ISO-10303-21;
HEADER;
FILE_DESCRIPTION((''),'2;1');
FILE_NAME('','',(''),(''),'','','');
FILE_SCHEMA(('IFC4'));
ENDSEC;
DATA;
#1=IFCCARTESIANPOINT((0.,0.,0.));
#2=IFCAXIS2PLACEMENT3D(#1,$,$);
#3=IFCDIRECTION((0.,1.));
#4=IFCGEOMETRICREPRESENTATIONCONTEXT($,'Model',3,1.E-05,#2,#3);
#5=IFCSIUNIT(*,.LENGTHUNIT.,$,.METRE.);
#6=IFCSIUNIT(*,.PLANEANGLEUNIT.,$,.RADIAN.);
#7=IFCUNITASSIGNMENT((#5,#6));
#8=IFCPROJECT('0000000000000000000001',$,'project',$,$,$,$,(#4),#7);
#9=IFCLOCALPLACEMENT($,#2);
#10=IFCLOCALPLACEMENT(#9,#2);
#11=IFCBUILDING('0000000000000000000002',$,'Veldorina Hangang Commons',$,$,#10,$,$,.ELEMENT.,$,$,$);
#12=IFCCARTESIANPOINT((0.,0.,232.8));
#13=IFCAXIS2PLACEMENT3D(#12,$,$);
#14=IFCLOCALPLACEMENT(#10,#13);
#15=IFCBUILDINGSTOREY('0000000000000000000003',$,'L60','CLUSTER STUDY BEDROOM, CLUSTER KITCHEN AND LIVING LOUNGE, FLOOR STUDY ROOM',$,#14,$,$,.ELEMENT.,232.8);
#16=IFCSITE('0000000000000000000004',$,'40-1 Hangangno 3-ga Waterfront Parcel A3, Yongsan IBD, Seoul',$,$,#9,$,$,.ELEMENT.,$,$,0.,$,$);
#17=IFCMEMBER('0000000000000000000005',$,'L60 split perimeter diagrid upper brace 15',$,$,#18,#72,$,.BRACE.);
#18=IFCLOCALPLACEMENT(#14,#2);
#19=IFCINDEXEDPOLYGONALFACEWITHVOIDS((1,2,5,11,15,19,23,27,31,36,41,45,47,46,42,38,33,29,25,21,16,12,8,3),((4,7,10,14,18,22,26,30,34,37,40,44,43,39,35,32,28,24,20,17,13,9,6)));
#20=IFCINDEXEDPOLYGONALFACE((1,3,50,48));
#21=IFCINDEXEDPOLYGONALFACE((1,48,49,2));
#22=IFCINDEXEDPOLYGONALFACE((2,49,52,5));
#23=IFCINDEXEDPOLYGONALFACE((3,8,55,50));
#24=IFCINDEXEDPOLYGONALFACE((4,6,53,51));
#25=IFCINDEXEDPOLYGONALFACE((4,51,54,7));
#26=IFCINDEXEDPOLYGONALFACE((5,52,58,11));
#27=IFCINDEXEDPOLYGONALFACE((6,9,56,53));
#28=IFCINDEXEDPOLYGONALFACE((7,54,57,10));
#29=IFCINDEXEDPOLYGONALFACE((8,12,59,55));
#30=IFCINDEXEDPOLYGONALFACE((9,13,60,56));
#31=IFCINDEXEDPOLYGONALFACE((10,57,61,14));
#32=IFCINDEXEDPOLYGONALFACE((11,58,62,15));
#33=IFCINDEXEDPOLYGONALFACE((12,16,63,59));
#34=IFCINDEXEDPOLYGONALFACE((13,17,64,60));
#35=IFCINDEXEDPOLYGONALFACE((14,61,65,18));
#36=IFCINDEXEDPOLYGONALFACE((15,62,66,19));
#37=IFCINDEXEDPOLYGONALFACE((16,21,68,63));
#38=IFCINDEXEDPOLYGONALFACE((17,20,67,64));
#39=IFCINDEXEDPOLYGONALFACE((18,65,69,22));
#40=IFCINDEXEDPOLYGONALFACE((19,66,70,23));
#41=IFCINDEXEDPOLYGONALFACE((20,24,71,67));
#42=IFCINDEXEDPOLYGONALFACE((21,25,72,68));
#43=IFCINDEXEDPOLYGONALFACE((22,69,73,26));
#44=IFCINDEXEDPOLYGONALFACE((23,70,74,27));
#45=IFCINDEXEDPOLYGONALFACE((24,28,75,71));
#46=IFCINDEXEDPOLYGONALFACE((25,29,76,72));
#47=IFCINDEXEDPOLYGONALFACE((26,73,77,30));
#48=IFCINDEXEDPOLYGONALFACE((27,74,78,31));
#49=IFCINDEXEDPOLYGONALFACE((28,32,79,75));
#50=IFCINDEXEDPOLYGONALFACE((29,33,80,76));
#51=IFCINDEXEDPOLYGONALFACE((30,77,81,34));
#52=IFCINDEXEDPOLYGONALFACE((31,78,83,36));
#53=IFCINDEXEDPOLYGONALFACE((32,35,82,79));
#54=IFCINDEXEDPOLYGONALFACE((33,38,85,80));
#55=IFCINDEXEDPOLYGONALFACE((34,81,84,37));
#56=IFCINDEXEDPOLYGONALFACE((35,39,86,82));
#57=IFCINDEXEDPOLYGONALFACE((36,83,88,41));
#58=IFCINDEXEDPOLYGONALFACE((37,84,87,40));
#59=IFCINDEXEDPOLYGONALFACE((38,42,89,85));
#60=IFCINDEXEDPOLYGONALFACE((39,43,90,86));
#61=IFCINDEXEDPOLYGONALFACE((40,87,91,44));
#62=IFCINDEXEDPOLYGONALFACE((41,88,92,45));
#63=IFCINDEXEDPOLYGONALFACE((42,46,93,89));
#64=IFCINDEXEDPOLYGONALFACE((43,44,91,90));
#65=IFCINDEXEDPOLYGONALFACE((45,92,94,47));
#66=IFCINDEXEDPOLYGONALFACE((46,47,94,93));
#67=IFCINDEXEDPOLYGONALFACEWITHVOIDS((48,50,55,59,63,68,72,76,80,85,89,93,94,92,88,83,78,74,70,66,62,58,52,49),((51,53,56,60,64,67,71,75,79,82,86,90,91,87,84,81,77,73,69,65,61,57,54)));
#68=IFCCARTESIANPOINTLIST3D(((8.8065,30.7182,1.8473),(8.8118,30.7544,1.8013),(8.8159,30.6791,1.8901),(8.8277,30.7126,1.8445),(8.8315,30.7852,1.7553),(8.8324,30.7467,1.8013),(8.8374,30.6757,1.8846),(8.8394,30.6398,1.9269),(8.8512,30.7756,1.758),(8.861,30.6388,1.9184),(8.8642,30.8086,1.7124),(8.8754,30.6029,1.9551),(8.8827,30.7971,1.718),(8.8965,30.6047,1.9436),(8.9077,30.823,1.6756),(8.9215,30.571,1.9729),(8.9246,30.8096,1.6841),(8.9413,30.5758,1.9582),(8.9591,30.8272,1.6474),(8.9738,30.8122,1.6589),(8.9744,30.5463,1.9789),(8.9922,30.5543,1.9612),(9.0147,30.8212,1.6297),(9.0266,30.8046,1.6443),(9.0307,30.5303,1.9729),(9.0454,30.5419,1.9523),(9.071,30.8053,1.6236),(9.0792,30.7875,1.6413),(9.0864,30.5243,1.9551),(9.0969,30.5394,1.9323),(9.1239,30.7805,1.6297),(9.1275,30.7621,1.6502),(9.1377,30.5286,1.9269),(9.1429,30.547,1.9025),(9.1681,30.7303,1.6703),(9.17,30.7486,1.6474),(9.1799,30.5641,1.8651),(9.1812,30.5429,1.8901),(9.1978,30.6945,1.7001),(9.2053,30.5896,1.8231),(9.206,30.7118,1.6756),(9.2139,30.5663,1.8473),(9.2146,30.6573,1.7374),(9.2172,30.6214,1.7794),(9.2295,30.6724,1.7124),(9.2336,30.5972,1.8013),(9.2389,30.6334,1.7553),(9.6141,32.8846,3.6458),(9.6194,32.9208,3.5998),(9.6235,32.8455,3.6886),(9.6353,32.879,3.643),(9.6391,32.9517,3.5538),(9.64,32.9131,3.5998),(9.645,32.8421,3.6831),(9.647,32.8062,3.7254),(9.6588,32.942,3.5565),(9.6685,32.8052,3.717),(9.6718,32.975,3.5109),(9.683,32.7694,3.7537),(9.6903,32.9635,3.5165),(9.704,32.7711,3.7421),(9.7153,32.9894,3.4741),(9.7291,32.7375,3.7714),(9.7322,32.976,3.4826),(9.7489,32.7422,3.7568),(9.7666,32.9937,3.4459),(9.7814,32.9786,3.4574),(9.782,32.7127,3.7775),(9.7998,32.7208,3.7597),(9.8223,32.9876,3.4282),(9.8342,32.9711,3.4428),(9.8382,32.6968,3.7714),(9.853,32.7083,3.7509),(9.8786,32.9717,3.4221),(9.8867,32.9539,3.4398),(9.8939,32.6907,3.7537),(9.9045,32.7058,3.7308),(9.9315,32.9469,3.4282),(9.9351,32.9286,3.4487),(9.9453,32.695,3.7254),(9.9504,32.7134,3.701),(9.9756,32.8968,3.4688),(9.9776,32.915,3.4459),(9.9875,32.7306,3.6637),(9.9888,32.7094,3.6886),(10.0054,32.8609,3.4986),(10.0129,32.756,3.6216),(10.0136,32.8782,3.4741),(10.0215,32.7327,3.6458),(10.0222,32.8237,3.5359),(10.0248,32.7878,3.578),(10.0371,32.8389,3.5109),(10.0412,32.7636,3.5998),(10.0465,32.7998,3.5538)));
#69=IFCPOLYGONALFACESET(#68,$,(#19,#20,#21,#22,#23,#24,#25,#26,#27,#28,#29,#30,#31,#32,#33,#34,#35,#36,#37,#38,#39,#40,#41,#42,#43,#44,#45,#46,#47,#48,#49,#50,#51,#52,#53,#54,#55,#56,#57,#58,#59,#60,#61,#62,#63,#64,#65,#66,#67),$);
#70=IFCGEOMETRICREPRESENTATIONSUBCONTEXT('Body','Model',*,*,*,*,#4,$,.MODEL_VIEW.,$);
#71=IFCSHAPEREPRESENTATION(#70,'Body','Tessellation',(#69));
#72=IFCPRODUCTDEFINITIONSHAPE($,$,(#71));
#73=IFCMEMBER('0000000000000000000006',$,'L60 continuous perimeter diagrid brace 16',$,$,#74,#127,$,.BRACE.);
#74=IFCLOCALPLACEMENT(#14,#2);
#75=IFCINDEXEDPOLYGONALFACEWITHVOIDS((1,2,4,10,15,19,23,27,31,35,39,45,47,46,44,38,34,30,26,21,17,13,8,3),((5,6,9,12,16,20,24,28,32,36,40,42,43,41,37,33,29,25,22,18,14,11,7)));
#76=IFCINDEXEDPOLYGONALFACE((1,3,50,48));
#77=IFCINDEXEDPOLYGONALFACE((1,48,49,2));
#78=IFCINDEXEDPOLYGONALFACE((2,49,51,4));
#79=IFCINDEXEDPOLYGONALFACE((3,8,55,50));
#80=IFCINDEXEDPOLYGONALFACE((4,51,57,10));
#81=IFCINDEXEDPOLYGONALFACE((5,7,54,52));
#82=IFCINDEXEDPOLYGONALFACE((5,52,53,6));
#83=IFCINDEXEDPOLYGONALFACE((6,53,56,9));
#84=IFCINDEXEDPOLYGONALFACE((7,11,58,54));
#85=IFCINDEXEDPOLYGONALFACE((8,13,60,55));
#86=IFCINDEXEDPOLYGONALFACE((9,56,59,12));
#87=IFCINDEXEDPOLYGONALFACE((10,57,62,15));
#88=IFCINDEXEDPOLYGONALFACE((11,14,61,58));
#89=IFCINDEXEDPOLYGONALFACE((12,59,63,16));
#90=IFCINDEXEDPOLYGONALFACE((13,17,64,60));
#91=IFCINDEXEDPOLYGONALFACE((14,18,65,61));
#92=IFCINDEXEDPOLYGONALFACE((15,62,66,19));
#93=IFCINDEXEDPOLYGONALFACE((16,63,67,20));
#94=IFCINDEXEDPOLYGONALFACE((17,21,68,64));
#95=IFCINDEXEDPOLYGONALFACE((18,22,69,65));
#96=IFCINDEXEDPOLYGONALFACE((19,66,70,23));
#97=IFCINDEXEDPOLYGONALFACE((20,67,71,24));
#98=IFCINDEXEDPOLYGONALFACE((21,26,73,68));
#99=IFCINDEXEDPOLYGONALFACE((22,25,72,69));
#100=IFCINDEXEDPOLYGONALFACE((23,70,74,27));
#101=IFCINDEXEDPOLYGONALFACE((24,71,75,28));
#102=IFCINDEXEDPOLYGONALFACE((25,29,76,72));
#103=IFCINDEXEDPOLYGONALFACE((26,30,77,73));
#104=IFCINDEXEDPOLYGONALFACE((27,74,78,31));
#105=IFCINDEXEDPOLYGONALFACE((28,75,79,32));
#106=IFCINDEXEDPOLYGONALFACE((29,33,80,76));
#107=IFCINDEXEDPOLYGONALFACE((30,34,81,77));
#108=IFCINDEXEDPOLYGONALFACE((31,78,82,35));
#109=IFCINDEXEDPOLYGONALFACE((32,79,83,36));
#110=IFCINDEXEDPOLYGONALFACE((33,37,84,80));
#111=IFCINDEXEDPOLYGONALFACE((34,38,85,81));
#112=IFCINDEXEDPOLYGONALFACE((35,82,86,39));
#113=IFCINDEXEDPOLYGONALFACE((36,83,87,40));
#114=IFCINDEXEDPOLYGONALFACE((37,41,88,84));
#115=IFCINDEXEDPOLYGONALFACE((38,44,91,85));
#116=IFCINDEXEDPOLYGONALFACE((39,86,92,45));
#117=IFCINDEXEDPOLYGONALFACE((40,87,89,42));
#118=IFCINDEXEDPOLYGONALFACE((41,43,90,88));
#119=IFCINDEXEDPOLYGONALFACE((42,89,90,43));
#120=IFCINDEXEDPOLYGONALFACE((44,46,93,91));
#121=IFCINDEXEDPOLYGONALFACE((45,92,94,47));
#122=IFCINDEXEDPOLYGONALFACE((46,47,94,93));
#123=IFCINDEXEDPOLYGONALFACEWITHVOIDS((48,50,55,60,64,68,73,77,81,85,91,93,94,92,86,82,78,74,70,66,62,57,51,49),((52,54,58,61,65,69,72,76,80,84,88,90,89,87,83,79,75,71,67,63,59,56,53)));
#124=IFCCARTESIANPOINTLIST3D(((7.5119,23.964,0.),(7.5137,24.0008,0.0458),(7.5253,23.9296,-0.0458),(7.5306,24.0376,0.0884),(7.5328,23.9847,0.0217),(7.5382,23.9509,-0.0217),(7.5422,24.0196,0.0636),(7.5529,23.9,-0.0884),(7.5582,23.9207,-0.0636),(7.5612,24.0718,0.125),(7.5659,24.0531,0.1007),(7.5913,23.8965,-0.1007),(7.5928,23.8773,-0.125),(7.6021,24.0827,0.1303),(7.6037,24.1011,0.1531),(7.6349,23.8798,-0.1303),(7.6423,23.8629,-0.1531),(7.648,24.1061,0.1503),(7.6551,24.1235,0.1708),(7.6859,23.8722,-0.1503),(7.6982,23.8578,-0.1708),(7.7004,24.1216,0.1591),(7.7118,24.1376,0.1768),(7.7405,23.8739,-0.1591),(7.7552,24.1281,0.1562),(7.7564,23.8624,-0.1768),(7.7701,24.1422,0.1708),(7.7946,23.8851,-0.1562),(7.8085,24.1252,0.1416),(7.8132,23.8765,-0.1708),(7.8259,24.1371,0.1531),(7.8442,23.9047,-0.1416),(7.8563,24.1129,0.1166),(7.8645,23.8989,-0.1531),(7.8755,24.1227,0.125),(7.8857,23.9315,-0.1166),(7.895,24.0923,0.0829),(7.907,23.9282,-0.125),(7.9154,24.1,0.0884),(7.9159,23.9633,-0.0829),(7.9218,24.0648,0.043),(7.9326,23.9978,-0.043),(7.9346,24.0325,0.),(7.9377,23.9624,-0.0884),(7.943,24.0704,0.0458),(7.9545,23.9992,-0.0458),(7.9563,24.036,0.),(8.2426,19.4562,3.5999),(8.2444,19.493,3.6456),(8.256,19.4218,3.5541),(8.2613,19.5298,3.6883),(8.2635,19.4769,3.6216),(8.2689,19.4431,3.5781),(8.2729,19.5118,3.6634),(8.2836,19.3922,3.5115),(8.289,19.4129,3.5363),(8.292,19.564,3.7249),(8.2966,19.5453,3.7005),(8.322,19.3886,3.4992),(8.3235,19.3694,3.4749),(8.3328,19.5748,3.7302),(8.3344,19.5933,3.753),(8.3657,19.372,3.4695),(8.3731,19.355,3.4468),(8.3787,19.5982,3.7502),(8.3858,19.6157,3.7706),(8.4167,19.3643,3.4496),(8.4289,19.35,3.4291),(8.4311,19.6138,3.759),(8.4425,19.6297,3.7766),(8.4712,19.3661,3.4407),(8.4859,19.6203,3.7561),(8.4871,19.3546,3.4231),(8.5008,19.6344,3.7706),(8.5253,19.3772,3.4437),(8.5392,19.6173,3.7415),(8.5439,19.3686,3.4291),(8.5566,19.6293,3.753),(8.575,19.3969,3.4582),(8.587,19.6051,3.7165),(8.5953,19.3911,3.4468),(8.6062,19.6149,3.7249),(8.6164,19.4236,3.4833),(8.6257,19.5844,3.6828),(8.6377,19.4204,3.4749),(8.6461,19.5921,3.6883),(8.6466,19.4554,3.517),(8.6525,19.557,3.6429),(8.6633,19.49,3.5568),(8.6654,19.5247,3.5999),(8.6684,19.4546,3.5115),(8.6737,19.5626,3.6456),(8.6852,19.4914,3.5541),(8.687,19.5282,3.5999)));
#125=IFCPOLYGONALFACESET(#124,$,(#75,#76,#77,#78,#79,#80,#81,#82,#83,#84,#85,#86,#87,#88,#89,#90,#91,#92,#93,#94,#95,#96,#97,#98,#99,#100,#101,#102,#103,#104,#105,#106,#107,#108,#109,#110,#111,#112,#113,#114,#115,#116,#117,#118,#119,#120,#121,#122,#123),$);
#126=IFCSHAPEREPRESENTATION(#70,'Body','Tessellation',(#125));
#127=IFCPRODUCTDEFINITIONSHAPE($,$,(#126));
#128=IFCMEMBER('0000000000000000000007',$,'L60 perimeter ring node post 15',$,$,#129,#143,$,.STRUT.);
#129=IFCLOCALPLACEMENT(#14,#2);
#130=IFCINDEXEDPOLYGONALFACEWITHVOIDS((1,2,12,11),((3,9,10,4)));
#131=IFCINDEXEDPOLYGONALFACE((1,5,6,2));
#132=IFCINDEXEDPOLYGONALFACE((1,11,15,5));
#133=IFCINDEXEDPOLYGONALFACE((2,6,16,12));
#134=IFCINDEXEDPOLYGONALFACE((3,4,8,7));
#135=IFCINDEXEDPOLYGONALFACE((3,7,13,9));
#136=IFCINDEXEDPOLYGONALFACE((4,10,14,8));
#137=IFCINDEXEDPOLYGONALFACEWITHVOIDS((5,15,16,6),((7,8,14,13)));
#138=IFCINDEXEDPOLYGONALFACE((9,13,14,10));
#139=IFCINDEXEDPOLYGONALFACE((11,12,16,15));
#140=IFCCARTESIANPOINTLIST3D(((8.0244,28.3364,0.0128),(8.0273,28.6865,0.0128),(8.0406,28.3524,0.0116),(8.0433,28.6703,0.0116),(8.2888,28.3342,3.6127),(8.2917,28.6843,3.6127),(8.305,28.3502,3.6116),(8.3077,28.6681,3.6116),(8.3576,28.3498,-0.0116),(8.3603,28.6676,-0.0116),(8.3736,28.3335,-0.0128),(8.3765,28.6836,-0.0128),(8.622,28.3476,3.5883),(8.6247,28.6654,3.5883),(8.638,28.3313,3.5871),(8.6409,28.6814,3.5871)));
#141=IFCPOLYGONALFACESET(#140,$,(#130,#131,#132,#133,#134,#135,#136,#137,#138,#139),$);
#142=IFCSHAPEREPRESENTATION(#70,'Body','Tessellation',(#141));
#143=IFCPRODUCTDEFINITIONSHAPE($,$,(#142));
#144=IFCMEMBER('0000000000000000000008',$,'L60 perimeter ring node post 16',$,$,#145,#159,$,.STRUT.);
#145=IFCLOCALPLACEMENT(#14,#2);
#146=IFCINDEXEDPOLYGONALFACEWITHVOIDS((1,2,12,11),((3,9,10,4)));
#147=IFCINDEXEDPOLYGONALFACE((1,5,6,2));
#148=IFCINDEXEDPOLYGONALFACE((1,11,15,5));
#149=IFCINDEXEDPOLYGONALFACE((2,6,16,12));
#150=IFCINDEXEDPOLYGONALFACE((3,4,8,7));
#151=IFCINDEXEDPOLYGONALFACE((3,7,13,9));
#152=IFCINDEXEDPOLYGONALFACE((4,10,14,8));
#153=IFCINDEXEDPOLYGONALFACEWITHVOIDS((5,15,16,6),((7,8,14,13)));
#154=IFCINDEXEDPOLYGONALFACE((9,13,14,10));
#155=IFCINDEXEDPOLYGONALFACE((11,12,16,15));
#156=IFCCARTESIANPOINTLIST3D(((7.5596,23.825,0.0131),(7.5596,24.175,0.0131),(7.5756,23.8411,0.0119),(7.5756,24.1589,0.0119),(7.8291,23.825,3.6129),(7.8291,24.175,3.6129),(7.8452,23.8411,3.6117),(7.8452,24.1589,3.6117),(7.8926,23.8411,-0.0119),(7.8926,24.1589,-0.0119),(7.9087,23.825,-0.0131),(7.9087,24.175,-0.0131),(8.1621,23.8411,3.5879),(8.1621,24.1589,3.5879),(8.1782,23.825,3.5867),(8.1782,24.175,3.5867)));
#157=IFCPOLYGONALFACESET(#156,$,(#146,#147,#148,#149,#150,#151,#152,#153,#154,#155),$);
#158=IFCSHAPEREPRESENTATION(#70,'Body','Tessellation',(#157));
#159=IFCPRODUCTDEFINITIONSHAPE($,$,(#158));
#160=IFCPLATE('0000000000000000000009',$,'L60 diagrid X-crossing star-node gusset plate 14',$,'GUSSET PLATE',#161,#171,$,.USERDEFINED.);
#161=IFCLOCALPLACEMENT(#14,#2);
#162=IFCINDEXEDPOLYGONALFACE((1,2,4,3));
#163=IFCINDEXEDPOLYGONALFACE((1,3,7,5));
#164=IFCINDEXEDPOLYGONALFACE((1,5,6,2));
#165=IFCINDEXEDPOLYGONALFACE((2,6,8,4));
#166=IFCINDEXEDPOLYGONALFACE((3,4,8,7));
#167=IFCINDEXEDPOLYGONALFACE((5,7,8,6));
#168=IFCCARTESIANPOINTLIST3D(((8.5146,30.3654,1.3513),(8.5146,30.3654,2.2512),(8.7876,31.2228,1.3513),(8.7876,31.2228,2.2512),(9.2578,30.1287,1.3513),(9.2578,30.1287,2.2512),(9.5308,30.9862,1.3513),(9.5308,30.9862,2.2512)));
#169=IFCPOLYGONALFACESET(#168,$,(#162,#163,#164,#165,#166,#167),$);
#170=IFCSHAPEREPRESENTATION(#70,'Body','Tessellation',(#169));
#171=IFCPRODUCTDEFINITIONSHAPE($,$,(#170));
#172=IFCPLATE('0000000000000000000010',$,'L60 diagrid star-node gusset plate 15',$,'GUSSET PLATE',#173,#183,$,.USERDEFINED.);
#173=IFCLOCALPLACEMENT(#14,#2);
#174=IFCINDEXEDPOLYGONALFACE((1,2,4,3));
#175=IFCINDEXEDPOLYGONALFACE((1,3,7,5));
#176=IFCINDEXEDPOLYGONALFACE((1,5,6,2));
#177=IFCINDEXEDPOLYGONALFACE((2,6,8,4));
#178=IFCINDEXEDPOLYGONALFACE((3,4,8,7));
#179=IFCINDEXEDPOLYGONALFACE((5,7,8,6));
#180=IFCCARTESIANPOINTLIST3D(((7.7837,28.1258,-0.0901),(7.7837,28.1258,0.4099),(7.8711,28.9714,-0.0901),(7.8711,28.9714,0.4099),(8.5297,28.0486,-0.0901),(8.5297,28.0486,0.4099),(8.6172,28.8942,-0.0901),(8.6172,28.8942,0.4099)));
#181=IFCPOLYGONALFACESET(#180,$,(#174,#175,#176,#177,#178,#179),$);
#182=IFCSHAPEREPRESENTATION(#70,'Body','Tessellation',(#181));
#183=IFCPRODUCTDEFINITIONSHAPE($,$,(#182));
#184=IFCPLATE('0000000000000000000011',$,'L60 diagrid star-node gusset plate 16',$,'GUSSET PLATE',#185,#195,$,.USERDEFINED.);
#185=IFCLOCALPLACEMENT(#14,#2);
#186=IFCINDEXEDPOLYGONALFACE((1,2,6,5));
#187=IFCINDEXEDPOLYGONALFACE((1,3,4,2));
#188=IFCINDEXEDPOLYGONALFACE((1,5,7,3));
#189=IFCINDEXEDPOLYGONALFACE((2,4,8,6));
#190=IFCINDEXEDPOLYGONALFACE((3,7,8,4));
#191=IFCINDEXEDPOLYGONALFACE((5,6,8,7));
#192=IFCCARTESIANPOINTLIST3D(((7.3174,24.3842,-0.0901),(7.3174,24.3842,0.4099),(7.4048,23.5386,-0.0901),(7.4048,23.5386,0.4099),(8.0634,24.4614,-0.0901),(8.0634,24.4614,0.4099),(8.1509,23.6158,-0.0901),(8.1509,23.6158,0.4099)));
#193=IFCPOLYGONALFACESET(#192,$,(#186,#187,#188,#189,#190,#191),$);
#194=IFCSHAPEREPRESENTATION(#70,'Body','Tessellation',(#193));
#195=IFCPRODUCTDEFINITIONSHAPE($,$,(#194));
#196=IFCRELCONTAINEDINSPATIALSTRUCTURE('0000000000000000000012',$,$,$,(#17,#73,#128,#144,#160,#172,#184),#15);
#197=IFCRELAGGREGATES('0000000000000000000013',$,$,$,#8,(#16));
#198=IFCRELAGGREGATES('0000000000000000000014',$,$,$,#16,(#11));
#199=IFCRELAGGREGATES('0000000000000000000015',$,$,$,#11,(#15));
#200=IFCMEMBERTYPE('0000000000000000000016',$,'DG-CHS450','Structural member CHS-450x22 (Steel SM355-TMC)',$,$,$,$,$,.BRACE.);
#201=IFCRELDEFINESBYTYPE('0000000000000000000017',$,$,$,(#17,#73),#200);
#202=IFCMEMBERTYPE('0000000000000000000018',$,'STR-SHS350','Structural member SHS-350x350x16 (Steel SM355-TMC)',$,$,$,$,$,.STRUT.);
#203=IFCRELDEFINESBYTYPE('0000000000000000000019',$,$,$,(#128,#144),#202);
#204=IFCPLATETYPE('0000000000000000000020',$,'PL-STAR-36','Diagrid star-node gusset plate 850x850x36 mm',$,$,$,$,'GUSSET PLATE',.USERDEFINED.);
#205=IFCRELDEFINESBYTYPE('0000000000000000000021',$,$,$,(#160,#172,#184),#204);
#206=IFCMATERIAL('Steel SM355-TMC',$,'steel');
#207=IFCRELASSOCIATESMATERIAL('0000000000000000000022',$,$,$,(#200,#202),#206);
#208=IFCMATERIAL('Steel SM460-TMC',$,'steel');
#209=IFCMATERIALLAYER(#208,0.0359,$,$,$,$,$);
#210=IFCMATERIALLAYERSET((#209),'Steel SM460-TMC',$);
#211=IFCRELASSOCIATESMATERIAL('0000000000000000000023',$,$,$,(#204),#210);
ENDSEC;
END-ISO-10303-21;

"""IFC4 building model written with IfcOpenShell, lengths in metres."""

from ifc_helpers import new_model, si_unit, direction, frame, origin, origin_2d, place, context, subcontext, project, spatial, rectangle, hollow_rectangle, hollow_circle, extrude, material, layer, layer_set, material_profile, profile_set, type_object, element, save


model = new_model("IFC4")

# Units and contexts
model_context = context("Model", 3, precision=1e-05, world=origin(), true_north=direction((0.0, 1.0)))
body_context = subcontext(model_context, "Body", "Model", "MODEL_VIEW")
ifc_project = project(units=[si_unit("LENGTHUNIT", "METRE"), si_unit("PLANEANGLEUNIT", "RADIAN")], contexts=[model_context])

# Site, building, storey
site_placement = place(None, origin())
site = spatial("IfcSite", under=ifc_project, at=site_placement, Name="40-1 Hangangno 3-ga Waterfront Parcel A3, Yongsan IBD, Seoul", CompositionType="ELEMENT", RefElevation=0.0)
building_placement = place(site_placement, origin())
building = spatial("IfcBuilding", under=site, at=building_placement, Name="Veldorina Hangang Commons", CompositionType="ELEMENT")
storey_placement = place(building_placement, frame((0.0, 0.0, 232.8)))
storey = spatial("IfcBuildingStorey", under=building, at=storey_placement, Name="L60", Description="CLUSTER STUDY BEDROOM, CLUSTER KITCHEN AND LIVING LOUNGE, FLOOR STUDY ROOM", CompositionType="ELEMENT", Elevation=232.8)

# Shared definitions
ifc_material_1 = material(Name="Steel SM355-TMC", Category="steel")

# Members
ifc_material_profile_1 = material_profile(ifc_material_1, hollow_circle(Radius=0.2251, WallThickness=0.022, at=origin_2d()), Name="CHS-450x22")
ifc_profile_set_1 = profile_set([ifc_material_profile_1], Name="Steel SM355-TMC")
member_type_1 = type_object("IfcMemberType", Name="DG-CHS450", Description="Structural member CHS-450x22 (Steel SM355-TMC)", PredefinedType="BRACE", material=ifc_profile_set_1)
member_1_placement = place(storey_placement, frame((9.0227, 30.6758, 1.8013), z_axis=(0.275702, 0.739594, 0.613995), x_axis=(-0.937013, 0.349294, 0.0)))
element("IfcMember", 1, at=member_1_placement, inside=storey, type_object=member_type_1, Name="L60 split perimeter diagrid upper brace 15", PredefinedType="BRACE", context=body_context, shape_type="SweptSolid", body=[
    extrude(hollow_circle(Radius=0.2251, WallThickness=0.022, at=origin_2d()), origin(), (0.0, 0.0, 1.0), 2.9292),
])
member_2_placement = place(storey_placement, frame((7.7341, 24.0, 0.0), z_axis=(0.125662, -0.775215, 0.619072), x_axis=(0.987115, 0.160011, 0.0)))
element("IfcMember", 2, at=member_2_placement, inside=storey, type_object=member_type_1, Name="L60 continuous perimeter diagrid brace 16", PredefinedType="BRACE", context=body_context, shape_type="SweptSolid", body=[
    extrude(hollow_circle(Radius=0.2251, WallThickness=0.022, at=origin_2d()), origin(), (0.0, 0.0, 1.0), 5.8149),
])
ifc_material_profile_2 = material_profile(ifc_material_1, hollow_rectangle(XDim=0.3501, YDim=0.3501, WallThickness=0.0161, at=origin_2d()), Name="SHS-350x350x16")
ifc_profile_set_2 = profile_set([ifc_material_profile_2], Name="Steel SM355-TMC")
member_type_2 = type_object("IfcMemberType", Name="STR-SHS350", Description="Structural member SHS-350x350x16 (Steel SM355-TMC)", PredefinedType="STRUT", material=ifc_profile_set_2)
member_3_placement = place(storey_placement, frame((8.2004, 28.51, 0.0), z_axis=(0.073251, -0.000609, 0.997313), x_axis=(0.00831, 0.999965, 0.0)))
element("IfcMember", 3, at=member_3_placement, inside=storey, type_object=member_type_2, Name="L60 perimeter ring node post 15", PredefinedType="STRUT", context=body_context, shape_type="SweptSolid", body=[
    extrude(hollow_rectangle(XDim=0.3501, YDim=0.3501, WallThickness=0.0161, at=origin_2d()), origin(), (0.0, 0.0, 1.0), 3.6096),
])
member_4_placement = place(storey_placement, frame((7.7341, 24.0, 0.0), z_axis=(0.074664, 0.0, 0.997209), x_axis=(0.0, 1.0, 0.0)))
element("IfcMember", 4, at=member_4_placement, inside=storey, type_object=member_type_2, Name="L60 perimeter ring node post 16", PredefinedType="STRUT", context=body_context, shape_type="SweptSolid", body=[
    extrude(hollow_rectangle(XDim=0.3501, YDim=0.3501, WallThickness=0.0161, at=origin_2d()), origin(), (0.0, 0.0, 1.0), 3.6099),
])

# Plates
ifc_material_2 = material(Name="Steel SM460-TMC", Category="steel")
ifc_layer_1 = layer(ifc_material_2, 0.0359)
ifc_layer_set_1 = layer_set([ifc_layer_1], Name="Steel SM460-TMC")
plate_type = type_object("IfcPlateType", Name="PL-STAR-36", Description="Diagrid star-node gusset plate 850x850x36 mm", ElementType="GUSSET PLATE", PredefinedType="USERDEFINED", material=ifc_layer_set_1)
plate_placement = place(storey_placement, frame((9.0227, 30.6758, 1.3513), z_axis=(0.0, 0.0, 1.0), x_axis=(-0.303385, -0.952868, 0.0)))
element("IfcPlate", 5, at=plate_placement, inside=storey, type_object=plate_type, Name="L60 diagrid X-crossing star-node gusset plate 14", ObjectType="GUSSET PLATE", PredefinedType="USERDEFINED", context=body_context, shape_type="SweptSolid", body=[
    extrude(rectangle(XDim=0.8999, YDim=0.78, at=origin_2d()), origin(), (0.0, 0.0, 1.0), 0.8999),
])
for number, where, z_axis, x_axis, name in (
    (6, (8.2004, 28.51, -0.0901), (0.0, 0.0, 1.0), (-0.102845, -0.994697, 0.0), "L60 diagrid star-node gusset plate 15"),
    (7, (7.7341, 24.0, -0.0901), (0.0, 0.0, 1.0), (0.102845, -0.994697, 0.0), "L60 diagrid star-node gusset plate 16"),
):
    element("IfcPlate", number, at=place(storey_placement, frame(where, z_axis=z_axis, x_axis=x_axis)), inside=storey, type_object=plate_type, Name=name, ObjectType="GUSSET PLATE", PredefinedType="USERDEFINED", context=body_context, shape_type="SweptSolid", body=[
        extrude(rectangle(XDim=0.8501, YDim=0.75, at=origin_2d()), origin(), (0.0, 0.0, 1.0), 0.5),
    ])

save(model, "model.ifc")
